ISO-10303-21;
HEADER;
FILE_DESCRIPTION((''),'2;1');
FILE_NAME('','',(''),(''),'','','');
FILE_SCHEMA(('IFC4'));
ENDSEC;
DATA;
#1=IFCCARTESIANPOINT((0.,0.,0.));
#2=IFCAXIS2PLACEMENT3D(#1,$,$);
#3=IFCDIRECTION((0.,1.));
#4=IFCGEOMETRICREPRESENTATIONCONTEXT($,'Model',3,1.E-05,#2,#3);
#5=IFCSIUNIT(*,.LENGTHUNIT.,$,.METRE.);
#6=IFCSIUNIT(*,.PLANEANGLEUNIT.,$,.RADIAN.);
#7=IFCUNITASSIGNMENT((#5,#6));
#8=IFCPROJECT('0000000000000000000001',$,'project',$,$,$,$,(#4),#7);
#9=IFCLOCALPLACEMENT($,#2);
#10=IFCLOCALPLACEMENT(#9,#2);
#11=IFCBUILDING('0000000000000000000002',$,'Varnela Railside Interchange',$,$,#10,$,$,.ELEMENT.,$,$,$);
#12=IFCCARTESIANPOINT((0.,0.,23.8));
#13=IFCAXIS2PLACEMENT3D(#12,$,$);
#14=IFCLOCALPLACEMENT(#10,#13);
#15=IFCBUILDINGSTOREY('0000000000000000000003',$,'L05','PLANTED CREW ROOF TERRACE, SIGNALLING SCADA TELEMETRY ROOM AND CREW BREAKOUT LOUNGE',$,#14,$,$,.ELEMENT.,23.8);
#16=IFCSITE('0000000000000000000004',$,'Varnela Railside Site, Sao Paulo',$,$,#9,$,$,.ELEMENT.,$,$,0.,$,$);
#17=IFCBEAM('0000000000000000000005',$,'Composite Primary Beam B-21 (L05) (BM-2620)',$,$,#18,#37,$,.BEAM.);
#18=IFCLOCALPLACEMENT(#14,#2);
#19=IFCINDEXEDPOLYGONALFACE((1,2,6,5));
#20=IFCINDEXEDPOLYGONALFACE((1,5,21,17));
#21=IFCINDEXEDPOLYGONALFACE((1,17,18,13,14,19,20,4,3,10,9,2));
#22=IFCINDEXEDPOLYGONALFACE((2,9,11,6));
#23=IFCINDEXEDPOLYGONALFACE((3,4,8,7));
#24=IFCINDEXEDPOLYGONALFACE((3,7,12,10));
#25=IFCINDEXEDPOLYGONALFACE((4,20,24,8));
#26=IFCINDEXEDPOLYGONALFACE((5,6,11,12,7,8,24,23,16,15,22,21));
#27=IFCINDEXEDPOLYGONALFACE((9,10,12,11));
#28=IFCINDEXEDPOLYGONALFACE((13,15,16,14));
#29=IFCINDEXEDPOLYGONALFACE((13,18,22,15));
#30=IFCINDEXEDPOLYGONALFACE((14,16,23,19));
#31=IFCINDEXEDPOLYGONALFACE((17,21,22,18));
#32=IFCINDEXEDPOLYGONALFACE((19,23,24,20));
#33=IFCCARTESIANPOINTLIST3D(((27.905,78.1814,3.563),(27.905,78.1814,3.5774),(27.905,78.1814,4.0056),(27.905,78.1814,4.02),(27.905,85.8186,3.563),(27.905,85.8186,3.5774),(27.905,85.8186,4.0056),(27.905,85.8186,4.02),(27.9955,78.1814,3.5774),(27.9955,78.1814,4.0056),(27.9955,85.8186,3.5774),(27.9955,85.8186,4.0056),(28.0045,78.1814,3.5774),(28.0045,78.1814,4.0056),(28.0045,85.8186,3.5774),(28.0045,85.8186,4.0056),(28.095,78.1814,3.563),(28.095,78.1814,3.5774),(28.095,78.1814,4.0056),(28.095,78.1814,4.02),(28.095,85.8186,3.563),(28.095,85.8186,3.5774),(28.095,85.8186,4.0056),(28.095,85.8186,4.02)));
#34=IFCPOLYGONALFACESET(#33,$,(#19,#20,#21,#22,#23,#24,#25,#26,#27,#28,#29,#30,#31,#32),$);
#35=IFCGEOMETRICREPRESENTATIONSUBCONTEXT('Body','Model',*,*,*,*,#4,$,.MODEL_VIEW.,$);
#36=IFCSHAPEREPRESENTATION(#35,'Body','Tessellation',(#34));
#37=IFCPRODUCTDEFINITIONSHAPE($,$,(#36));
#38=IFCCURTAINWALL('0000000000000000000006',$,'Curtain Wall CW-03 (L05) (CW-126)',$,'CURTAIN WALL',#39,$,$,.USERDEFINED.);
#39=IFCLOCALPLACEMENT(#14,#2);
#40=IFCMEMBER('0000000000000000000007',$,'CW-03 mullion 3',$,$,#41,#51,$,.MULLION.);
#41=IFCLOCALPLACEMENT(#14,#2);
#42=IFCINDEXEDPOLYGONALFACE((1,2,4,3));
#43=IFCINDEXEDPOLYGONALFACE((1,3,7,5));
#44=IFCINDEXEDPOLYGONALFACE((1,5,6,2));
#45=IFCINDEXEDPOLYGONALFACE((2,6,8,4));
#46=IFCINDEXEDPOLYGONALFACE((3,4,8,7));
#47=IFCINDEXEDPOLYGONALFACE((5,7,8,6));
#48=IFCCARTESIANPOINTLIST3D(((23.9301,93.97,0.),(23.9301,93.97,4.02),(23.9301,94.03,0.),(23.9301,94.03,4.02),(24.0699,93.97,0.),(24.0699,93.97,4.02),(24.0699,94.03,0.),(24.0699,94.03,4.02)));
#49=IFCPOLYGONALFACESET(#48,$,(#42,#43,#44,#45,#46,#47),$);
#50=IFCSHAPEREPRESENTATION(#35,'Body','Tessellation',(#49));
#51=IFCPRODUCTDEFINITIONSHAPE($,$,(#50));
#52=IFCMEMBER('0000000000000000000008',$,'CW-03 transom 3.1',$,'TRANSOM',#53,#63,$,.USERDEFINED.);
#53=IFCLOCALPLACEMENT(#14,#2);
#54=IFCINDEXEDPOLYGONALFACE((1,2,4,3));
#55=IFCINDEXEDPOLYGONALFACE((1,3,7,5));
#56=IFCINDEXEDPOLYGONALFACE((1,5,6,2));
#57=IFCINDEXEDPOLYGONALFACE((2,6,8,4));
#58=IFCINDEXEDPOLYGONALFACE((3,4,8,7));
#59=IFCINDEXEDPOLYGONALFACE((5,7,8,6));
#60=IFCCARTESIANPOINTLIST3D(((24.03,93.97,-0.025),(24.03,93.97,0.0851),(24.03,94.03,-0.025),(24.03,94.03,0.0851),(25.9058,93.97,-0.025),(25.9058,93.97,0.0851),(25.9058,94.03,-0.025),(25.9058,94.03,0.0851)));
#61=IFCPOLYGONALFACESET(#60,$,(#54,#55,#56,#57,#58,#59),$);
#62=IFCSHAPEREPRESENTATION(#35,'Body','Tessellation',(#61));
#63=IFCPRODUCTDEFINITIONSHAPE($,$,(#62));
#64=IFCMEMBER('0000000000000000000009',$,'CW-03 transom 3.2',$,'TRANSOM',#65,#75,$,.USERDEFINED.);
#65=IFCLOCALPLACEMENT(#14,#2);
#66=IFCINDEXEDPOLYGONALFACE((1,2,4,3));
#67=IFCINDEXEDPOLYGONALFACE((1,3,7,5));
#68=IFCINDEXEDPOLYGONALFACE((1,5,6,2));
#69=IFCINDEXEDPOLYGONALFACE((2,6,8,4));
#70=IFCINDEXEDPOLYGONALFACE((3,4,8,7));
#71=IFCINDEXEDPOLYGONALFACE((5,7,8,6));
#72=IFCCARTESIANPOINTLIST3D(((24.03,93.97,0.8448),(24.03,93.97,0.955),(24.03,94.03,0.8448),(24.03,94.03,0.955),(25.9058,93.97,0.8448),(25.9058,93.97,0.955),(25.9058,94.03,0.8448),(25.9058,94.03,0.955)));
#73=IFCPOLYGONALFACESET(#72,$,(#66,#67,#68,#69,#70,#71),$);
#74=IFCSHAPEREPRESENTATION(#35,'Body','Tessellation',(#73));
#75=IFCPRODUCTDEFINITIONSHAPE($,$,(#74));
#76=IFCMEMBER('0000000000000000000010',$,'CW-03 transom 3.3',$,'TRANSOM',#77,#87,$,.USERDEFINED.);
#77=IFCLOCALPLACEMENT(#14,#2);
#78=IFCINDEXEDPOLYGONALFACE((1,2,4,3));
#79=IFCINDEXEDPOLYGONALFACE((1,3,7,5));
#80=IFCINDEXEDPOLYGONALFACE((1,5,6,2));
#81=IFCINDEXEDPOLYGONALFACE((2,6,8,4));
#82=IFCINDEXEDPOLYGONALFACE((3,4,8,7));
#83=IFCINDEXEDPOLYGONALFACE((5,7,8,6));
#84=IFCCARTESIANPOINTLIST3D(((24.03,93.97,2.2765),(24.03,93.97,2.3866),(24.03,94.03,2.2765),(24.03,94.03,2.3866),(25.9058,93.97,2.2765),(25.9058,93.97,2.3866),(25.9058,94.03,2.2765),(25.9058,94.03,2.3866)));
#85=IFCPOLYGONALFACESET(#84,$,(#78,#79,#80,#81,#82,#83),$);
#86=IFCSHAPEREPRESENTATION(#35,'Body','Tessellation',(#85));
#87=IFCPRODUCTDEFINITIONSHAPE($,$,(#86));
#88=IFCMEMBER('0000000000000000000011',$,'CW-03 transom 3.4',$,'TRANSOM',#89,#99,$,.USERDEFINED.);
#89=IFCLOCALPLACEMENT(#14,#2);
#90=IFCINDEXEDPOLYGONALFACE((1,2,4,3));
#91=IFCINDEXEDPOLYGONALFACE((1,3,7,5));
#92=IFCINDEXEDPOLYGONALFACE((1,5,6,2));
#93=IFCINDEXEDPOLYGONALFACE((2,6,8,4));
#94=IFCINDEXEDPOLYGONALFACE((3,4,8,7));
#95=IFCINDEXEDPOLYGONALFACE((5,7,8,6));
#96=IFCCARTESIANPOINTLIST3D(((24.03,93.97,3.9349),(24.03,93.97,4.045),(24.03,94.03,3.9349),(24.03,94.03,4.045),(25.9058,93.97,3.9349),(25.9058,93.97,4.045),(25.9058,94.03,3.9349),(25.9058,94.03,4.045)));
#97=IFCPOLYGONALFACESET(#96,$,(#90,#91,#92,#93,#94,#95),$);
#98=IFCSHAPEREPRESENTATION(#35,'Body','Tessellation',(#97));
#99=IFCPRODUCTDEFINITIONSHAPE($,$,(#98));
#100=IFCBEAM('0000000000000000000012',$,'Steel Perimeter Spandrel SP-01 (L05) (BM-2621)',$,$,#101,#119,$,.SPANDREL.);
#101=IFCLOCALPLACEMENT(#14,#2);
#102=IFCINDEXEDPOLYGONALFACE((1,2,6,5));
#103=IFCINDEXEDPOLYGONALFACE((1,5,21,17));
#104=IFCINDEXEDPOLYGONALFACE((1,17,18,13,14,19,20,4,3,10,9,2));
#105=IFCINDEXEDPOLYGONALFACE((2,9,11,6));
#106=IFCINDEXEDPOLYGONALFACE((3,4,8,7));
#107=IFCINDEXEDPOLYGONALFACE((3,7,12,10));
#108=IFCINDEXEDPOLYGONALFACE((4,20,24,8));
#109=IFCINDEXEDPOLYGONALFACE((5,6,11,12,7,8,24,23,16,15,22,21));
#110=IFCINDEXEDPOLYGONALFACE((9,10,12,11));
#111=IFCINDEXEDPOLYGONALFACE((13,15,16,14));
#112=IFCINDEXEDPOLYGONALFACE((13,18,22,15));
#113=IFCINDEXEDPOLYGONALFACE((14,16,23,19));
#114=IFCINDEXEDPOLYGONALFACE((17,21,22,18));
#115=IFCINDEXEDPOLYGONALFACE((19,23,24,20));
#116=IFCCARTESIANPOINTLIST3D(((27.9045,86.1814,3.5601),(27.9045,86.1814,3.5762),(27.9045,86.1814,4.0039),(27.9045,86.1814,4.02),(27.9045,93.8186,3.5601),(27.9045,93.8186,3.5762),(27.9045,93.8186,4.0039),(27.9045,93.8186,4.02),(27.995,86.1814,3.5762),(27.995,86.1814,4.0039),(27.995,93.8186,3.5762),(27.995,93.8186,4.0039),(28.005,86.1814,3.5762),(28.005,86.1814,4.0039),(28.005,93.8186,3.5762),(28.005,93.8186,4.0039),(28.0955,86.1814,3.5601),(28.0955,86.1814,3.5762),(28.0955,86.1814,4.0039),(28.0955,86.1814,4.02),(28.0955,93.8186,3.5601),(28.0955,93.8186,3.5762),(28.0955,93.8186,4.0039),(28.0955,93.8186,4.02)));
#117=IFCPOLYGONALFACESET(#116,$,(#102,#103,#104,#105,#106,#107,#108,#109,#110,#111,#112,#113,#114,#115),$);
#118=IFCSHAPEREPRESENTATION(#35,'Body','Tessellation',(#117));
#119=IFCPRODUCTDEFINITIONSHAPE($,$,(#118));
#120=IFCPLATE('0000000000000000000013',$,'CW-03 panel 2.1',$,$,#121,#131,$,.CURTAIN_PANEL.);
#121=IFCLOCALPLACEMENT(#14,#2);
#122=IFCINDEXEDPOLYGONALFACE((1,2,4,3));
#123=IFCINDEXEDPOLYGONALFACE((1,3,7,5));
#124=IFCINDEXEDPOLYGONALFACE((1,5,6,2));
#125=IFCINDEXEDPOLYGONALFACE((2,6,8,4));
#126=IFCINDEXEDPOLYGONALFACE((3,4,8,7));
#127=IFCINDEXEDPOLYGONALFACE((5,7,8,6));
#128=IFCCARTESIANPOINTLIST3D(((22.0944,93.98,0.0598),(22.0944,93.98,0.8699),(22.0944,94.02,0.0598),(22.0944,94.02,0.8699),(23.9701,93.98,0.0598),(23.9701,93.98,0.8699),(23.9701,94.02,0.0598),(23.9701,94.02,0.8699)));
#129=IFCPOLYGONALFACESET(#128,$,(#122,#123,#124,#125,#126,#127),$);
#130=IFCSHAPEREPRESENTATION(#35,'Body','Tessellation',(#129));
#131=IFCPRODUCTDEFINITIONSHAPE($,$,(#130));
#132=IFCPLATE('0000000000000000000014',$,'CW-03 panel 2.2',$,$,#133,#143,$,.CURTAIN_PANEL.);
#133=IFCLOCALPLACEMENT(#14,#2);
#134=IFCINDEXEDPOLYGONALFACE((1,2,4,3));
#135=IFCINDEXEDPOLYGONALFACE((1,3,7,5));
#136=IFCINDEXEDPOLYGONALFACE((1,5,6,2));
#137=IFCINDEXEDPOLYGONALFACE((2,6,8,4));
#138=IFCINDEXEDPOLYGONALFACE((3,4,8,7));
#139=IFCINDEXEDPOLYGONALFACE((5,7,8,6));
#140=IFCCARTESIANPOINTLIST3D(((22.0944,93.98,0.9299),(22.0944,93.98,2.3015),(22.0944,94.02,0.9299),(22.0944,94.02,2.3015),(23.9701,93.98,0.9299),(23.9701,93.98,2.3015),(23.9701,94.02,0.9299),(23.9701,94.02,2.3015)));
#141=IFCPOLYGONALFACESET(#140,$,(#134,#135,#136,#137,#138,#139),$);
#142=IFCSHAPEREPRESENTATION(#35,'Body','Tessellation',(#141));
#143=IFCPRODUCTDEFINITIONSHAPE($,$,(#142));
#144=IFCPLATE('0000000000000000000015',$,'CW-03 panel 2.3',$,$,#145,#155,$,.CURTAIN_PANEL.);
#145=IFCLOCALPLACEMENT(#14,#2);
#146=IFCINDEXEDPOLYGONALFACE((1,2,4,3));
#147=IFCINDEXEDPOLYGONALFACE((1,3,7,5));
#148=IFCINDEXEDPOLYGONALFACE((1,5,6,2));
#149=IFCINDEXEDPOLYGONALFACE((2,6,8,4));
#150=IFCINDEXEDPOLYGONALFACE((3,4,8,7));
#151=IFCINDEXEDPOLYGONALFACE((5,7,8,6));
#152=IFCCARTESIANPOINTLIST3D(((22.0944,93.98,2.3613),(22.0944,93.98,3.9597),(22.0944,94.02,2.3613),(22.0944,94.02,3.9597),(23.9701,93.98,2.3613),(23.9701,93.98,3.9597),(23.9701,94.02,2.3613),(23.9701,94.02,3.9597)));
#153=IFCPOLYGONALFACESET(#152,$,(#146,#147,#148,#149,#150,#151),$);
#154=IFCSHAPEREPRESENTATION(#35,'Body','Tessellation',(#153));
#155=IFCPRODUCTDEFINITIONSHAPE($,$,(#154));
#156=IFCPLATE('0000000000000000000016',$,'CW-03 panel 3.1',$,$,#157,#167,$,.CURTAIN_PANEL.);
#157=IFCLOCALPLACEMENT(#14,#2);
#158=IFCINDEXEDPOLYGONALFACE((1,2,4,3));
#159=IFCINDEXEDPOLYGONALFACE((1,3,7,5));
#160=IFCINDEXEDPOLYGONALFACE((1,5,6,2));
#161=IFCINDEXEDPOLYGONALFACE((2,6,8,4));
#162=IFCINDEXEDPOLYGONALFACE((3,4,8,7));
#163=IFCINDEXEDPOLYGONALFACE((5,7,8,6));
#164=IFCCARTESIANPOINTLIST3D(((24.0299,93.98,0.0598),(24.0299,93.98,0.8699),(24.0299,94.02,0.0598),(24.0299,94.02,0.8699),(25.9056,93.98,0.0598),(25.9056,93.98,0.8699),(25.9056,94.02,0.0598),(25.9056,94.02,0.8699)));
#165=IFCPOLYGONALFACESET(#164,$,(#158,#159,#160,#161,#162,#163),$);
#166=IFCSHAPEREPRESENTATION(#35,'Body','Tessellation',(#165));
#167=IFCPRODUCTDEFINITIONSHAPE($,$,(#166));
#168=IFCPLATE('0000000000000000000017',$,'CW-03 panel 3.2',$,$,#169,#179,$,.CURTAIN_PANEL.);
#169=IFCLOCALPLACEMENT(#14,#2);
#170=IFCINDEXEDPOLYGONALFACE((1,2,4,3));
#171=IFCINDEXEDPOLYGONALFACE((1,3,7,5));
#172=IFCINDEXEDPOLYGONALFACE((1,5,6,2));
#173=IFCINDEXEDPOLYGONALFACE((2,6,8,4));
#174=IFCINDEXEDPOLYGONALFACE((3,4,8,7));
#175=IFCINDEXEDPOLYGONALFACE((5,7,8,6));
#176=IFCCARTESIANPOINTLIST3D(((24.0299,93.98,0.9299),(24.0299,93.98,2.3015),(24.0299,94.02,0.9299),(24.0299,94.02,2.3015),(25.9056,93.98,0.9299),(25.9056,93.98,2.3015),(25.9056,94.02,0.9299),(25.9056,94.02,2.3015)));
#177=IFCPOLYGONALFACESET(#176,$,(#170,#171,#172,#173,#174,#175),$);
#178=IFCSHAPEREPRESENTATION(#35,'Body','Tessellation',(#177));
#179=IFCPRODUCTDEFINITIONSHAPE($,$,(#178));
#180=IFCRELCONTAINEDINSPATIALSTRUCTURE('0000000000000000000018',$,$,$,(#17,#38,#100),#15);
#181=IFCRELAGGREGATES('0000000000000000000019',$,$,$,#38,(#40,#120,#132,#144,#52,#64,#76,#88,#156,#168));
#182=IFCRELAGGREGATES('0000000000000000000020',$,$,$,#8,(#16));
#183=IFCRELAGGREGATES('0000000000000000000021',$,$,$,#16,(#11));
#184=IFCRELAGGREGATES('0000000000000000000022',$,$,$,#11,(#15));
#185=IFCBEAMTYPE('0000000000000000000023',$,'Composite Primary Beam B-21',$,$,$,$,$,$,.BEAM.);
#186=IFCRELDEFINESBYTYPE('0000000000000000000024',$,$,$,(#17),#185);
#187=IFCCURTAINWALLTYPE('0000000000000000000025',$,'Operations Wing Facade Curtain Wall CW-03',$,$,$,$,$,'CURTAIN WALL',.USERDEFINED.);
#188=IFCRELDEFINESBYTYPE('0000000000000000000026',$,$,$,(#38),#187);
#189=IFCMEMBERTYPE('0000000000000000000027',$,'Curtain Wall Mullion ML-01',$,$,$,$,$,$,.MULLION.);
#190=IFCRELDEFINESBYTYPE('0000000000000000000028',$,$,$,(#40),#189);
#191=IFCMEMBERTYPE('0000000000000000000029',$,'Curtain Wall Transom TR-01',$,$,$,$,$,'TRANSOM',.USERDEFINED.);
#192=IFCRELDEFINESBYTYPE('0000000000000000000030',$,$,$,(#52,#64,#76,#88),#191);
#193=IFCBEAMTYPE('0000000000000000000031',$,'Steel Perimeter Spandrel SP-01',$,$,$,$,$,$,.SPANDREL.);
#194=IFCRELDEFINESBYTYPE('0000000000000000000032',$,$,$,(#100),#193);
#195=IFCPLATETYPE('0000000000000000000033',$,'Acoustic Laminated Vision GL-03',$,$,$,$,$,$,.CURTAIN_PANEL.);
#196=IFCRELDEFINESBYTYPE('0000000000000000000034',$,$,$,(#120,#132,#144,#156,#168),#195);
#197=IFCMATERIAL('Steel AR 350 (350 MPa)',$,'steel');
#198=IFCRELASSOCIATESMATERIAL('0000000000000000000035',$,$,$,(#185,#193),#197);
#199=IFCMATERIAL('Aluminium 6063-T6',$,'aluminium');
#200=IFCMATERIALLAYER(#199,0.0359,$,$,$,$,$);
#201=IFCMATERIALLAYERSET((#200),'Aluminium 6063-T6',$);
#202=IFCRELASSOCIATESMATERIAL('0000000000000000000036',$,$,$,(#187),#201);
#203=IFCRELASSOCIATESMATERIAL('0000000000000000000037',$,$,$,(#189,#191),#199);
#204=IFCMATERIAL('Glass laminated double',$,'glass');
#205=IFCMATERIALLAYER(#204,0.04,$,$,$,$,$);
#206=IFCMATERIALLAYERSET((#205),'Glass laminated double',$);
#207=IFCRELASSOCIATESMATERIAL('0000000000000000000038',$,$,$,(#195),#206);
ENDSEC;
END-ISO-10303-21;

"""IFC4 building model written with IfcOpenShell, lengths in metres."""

from ifc_helpers import new_model, si_unit, direction, frame, origin, origin_2d, place, context, subcontext, project, spatial, rectangle, i_section, extrude, material, layer, layer_set, material_profile, profile_set, type_object, element, aggregate, save


model = new_model("IFC4")

# Units and contexts
model_context = context("Model", 3, precision=1e-05, world=origin(), true_north=direction((0.0, 1.0)))
body_context = subcontext(model_context, "Body", "Model", "MODEL_VIEW")
ifc_project = project(units=[si_unit("LENGTHUNIT", "METRE"), si_unit("PLANEANGLEUNIT", "RADIAN")], contexts=[model_context])

# Site, building, storey
site_placement = place(None, origin())
site = spatial("IfcSite", under=ifc_project, at=site_placement, Name="Varnela Railside Site, Sao Paulo", CompositionType="ELEMENT", RefElevation=0.0)
building_placement = place(site_placement, origin())
building = spatial("IfcBuilding", under=site, at=building_placement, Name="Varnela Railside Interchange", CompositionType="ELEMENT")
storey_placement = place(building_placement, frame((0.0, 0.0, 23.8)))
storey = spatial("IfcBuildingStorey", under=building, at=storey_placement, Name="L05", Description="PLANTED CREW ROOF TERRACE, SIGNALLING SCADA TELEMETRY ROOM AND CREW BREAKOUT LOUNGE", CompositionType="ELEMENT", Elevation=23.8)

# Shared definitions
ifc_material_1 = material(Name="Steel AR 350 (350 MPa)", Category="steel")

# Beam
ifc_material_profile_1 = material_profile(ifc_material_1, i_section(OverallWidth=0.1899, OverallDepth=0.457, WebThickness=0.009, FlangeThickness=0.0144, at=origin_2d()), Name="W460x74")
ifc_profile_set_1 = profile_set([ifc_material_profile_1], Name="Steel AR 350 (350 MPa)")
beam_type_1 = type_object("IfcBeamType", Name="Composite Primary Beam B-21", PredefinedType="BEAM", material=ifc_profile_set_1)
beam_1_placement = place(storey_placement, frame((28.0, 78.1814, 3.7915), z_axis=(0.0, 1.0, 0.0), x_axis=(-1.0, 0.0, 0.0)))
element("IfcBeam", 1, at=beam_1_placement, inside=storey, type_object=beam_type_1, Name="Composite Primary Beam B-21 (L05) (BM-2620)", PredefinedType="BEAM", context=body_context, shape_type="SweptSolid", body=[
    extrude(i_section(OverallWidth=0.1899, OverallDepth=0.457, WebThickness=0.009, FlangeThickness=0.0144, at=origin_2d()), origin(), (0.0, 0.0, 1.0), 7.6372),
])

# Curtain wall, members
ifc_material_2 = material(Name="Aluminium 6063-T6", Category="aluminium")
ifc_layer_1 = layer(ifc_material_2, 0.0359)
ifc_layer_set_1 = layer_set([ifc_layer_1], Name="Aluminium 6063-T6")
curtain_wall_type = type_object("IfcCurtainWallType", Name="Operations Wing Facade Curtain Wall CW-03", ElementType="CURTAIN WALL", PredefinedType="USERDEFINED", material=ifc_layer_set_1)
curtain_wall_placement = place(storey_placement, origin())
curtain_wall = element("IfcCurtainWall", 2, at=curtain_wall_placement, inside=storey, type_object=curtain_wall_type, Name="Curtain Wall CW-03 (L05) (CW-126)", ObjectType="CURTAIN WALL", PredefinedType="USERDEFINED")
ifc_material_profile_2 = material_profile(ifc_material_2, rectangle(XDim=0.0601, YDim=0.1399, at=origin_2d()), Name="ALU 60x140")
ifc_profile_set_2 = profile_set([ifc_material_profile_2], Name="Aluminium 6063-T6")
member_type_1 = type_object("IfcMemberType", Name="Curtain Wall Mullion ML-01", PredefinedType="MULLION", material=ifc_profile_set_2)
member_1_placement = place(storey_placement, frame((24.0, 94.0, 0.0), z_axis=(0.0, 0.0, 1.0), x_axis=(0.0, 1.0, 0.0)))
member_1 = element("IfcMember", 3, at=member_1_placement, type_object=member_type_1, Name="CW-03 mullion 3", PredefinedType="MULLION", context=body_context, shape_type="SweptSolid", body=[
    extrude(rectangle(XDim=0.0601, YDim=0.1399, at=origin_2d()), origin(), (0.0, 0.0, 1.0), 4.02),
])
ifc_material_profile_3 = material_profile(ifc_material_2, rectangle(XDim=0.0601, YDim=0.1101, at=origin_2d()), Name="ALU 60x110")
ifc_profile_set_3 = profile_set([ifc_material_profile_3], Name="Aluminium 6063-T6")
member_type_2 = type_object("IfcMemberType", Name="Curtain Wall Transom TR-01", ElementType="TRANSOM", PredefinedType="USERDEFINED", material=ifc_profile_set_3)
member_2_placement = place(storey_placement, frame((24.03, 94.0, 0.03), z_axis=(1.0, 0.0, 0.0), x_axis=(0.0, 1.0, 0.0)))
member_2 = element("IfcMember", 4, at=member_2_placement, type_object=member_type_2, Name="CW-03 transom 3.1", ObjectType="TRANSOM", PredefinedType="USERDEFINED", context=body_context, shape_type="SweptSolid", body=[
    extrude(rectangle(XDim=0.0601, YDim=0.1101, at=origin_2d()), origin(), (0.0, 0.0, 1.0), 1.8757),
])
member_3_placement = place(storey_placement, frame((24.03, 94.0, 0.8999), z_axis=(1.0, 0.0, 0.0), x_axis=(0.0, 1.0, 0.0)))
member_3 = element("IfcMember", 5, at=member_3_placement, type_object=member_type_2, Name="CW-03 transom 3.2", ObjectType="TRANSOM", PredefinedType="USERDEFINED", context=body_context, shape_type="SweptSolid", body=[
    extrude(rectangle(XDim=0.0601, YDim=0.1101, at=origin_2d()), origin(), (0.0, 0.0, 1.0), 1.8757),
])
member_4_placement = place(storey_placement, frame((24.03, 94.0, 2.3315), z_axis=(1.0, 0.0, 0.0), x_axis=(0.0, 1.0, 0.0)))
member_4 = element("IfcMember", 6, at=member_4_placement, type_object=member_type_2, Name="CW-03 transom 3.3", ObjectType="TRANSOM", PredefinedType="USERDEFINED", context=body_context, shape_type="SweptSolid", body=[
    extrude(rectangle(XDim=0.0601, YDim=0.1101, at=origin_2d()), origin(), (0.0, 0.0, 1.0), 1.8757),
])
member_5_placement = place(storey_placement, frame((24.03, 94.0, 3.99), z_axis=(1.0, 0.0, 0.0), x_axis=(0.0, 1.0, 0.0)))
member_5 = element("IfcMember", 7, at=member_5_placement, type_object=member_type_2, Name="CW-03 transom 3.4", ObjectType="TRANSOM", PredefinedType="USERDEFINED", context=body_context, shape_type="SweptSolid", body=[
    extrude(rectangle(XDim=0.0601, YDim=0.1101, at=origin_2d()), origin(), (0.0, 0.0, 1.0), 1.8757),
])

# Beam
ifc_material_profile_4 = material_profile(ifc_material_1, i_section(OverallWidth=0.1909, OverallDepth=0.46, WebThickness=0.01, FlangeThickness=0.0161, at=origin_2d()), Name="W460x82")
ifc_profile_set_4 = profile_set([ifc_material_profile_4], Name="Steel AR 350 (350 MPa)")
beam_type_2 = type_object("IfcBeamType", Name="Steel Perimeter Spandrel SP-01", PredefinedType="SPANDREL", material=ifc_profile_set_4)
beam_2_placement = place(storey_placement, frame((28.0, 86.1814, 3.79), z_axis=(0.0, 1.0, 0.0), x_axis=(-1.0, 0.0, 0.0)))
element("IfcBeam", 8, at=beam_2_placement, inside=storey, type_object=beam_type_2, Name="Steel Perimeter Spandrel SP-01 (L05) (BM-2621)", PredefinedType="SPANDREL", context=body_context, shape_type="SweptSolid", body=[
    extrude(i_section(OverallWidth=0.1909, OverallDepth=0.46, WebThickness=0.01, FlangeThickness=0.0161, at=origin_2d()), origin(), (0.0, 0.0, 1.0), 7.6372),
])

# Plates
ifc_material_3 = material(Name="Glass laminated double", Category="glass")
ifc_layer_2 = layer(ifc_material_3, 0.04)
ifc_layer_set_2 = layer_set([ifc_layer_2], Name="Glass laminated double")
plate_type = type_object("IfcPlateType", Name="Acoustic Laminated Vision GL-03", PredefinedType="CURTAIN_PANEL", material=ifc_layer_set_2)
plate_1_placement = place(storey_placement, frame((23.0322, 94.0, 0.0598), z_axis=(0.0, 0.0, 1.0), x_axis=(1.0, 0.0, 0.0)))
plate_1 = element("IfcPlate", 9, at=plate_1_placement, type_object=plate_type, Name="CW-03 panel 2.1", PredefinedType="CURTAIN_PANEL", context=body_context, shape_type="SweptSolid", body=[
    extrude(rectangle(XDim=1.8757, YDim=0.04, at=origin_2d()), origin(), (0.0, 0.0, 1.0), 0.8101),
])
plate_2_placement = place(storey_placement, frame((23.0322, 94.0, 0.9299), z_axis=(0.0, 0.0, 1.0), x_axis=(1.0, 0.0, 0.0)))
plate_2 = element("IfcPlate", 10, at=plate_2_placement, type_object=plate_type, Name="CW-03 panel 2.2", PredefinedType="CURTAIN_PANEL", context=body_context, shape_type="SweptSolid", body=[
    extrude(rectangle(XDim=1.8757, YDim=0.04, at=origin_2d()), origin(), (0.0, 0.0, 1.0), 1.3716),
])
plate_3_placement = place(storey_placement, frame((23.0322, 94.0, 2.3613), z_axis=(0.0, 0.0, 1.0), x_axis=(1.0, 0.0, 0.0)))
plate_3 = element("IfcPlate", 11, at=plate_3_placement, type_object=plate_type, Name="CW-03 panel 2.3", PredefinedType="CURTAIN_PANEL", context=body_context, shape_type="SweptSolid", body=[
    extrude(rectangle(XDim=1.8757, YDim=0.04, at=origin_2d()), origin(), (0.0, 0.0, 1.0), 1.5984),
])
plate_4_placement = place(storey_placement, frame((24.9678, 94.0, 0.0598), z_axis=(0.0, 0.0, 1.0), x_axis=(1.0, 0.0, 0.0)))
plate_4 = element("IfcPlate", 12, at=plate_4_placement, type_object=plate_type, Name="CW-03 panel 3.1", PredefinedType="CURTAIN_PANEL", context=body_context, shape_type="SweptSolid", body=[
    extrude(rectangle(XDim=1.8757, YDim=0.04, at=origin_2d()), origin(), (0.0, 0.0, 1.0), 0.8101),
])
plate_5_placement = place(storey_placement, frame((24.9678, 94.0, 0.9299), z_axis=(0.0, 0.0, 1.0), x_axis=(1.0, 0.0, 0.0)))
plate_5 = element("IfcPlate", 13, at=plate_5_placement, type_object=plate_type, Name="CW-03 panel 3.2", PredefinedType="CURTAIN_PANEL", context=body_context, shape_type="SweptSolid", body=[
    extrude(rectangle(XDim=1.8757, YDim=0.04, at=origin_2d()), origin(), (0.0, 0.0, 1.0), 1.3716),
])
aggregate(curtain_wall, [member_1, plate_1, plate_2, plate_3, member_2, member_3, member_4, member_5, plate_4, plate_5])

save(model, "model.ifc")
